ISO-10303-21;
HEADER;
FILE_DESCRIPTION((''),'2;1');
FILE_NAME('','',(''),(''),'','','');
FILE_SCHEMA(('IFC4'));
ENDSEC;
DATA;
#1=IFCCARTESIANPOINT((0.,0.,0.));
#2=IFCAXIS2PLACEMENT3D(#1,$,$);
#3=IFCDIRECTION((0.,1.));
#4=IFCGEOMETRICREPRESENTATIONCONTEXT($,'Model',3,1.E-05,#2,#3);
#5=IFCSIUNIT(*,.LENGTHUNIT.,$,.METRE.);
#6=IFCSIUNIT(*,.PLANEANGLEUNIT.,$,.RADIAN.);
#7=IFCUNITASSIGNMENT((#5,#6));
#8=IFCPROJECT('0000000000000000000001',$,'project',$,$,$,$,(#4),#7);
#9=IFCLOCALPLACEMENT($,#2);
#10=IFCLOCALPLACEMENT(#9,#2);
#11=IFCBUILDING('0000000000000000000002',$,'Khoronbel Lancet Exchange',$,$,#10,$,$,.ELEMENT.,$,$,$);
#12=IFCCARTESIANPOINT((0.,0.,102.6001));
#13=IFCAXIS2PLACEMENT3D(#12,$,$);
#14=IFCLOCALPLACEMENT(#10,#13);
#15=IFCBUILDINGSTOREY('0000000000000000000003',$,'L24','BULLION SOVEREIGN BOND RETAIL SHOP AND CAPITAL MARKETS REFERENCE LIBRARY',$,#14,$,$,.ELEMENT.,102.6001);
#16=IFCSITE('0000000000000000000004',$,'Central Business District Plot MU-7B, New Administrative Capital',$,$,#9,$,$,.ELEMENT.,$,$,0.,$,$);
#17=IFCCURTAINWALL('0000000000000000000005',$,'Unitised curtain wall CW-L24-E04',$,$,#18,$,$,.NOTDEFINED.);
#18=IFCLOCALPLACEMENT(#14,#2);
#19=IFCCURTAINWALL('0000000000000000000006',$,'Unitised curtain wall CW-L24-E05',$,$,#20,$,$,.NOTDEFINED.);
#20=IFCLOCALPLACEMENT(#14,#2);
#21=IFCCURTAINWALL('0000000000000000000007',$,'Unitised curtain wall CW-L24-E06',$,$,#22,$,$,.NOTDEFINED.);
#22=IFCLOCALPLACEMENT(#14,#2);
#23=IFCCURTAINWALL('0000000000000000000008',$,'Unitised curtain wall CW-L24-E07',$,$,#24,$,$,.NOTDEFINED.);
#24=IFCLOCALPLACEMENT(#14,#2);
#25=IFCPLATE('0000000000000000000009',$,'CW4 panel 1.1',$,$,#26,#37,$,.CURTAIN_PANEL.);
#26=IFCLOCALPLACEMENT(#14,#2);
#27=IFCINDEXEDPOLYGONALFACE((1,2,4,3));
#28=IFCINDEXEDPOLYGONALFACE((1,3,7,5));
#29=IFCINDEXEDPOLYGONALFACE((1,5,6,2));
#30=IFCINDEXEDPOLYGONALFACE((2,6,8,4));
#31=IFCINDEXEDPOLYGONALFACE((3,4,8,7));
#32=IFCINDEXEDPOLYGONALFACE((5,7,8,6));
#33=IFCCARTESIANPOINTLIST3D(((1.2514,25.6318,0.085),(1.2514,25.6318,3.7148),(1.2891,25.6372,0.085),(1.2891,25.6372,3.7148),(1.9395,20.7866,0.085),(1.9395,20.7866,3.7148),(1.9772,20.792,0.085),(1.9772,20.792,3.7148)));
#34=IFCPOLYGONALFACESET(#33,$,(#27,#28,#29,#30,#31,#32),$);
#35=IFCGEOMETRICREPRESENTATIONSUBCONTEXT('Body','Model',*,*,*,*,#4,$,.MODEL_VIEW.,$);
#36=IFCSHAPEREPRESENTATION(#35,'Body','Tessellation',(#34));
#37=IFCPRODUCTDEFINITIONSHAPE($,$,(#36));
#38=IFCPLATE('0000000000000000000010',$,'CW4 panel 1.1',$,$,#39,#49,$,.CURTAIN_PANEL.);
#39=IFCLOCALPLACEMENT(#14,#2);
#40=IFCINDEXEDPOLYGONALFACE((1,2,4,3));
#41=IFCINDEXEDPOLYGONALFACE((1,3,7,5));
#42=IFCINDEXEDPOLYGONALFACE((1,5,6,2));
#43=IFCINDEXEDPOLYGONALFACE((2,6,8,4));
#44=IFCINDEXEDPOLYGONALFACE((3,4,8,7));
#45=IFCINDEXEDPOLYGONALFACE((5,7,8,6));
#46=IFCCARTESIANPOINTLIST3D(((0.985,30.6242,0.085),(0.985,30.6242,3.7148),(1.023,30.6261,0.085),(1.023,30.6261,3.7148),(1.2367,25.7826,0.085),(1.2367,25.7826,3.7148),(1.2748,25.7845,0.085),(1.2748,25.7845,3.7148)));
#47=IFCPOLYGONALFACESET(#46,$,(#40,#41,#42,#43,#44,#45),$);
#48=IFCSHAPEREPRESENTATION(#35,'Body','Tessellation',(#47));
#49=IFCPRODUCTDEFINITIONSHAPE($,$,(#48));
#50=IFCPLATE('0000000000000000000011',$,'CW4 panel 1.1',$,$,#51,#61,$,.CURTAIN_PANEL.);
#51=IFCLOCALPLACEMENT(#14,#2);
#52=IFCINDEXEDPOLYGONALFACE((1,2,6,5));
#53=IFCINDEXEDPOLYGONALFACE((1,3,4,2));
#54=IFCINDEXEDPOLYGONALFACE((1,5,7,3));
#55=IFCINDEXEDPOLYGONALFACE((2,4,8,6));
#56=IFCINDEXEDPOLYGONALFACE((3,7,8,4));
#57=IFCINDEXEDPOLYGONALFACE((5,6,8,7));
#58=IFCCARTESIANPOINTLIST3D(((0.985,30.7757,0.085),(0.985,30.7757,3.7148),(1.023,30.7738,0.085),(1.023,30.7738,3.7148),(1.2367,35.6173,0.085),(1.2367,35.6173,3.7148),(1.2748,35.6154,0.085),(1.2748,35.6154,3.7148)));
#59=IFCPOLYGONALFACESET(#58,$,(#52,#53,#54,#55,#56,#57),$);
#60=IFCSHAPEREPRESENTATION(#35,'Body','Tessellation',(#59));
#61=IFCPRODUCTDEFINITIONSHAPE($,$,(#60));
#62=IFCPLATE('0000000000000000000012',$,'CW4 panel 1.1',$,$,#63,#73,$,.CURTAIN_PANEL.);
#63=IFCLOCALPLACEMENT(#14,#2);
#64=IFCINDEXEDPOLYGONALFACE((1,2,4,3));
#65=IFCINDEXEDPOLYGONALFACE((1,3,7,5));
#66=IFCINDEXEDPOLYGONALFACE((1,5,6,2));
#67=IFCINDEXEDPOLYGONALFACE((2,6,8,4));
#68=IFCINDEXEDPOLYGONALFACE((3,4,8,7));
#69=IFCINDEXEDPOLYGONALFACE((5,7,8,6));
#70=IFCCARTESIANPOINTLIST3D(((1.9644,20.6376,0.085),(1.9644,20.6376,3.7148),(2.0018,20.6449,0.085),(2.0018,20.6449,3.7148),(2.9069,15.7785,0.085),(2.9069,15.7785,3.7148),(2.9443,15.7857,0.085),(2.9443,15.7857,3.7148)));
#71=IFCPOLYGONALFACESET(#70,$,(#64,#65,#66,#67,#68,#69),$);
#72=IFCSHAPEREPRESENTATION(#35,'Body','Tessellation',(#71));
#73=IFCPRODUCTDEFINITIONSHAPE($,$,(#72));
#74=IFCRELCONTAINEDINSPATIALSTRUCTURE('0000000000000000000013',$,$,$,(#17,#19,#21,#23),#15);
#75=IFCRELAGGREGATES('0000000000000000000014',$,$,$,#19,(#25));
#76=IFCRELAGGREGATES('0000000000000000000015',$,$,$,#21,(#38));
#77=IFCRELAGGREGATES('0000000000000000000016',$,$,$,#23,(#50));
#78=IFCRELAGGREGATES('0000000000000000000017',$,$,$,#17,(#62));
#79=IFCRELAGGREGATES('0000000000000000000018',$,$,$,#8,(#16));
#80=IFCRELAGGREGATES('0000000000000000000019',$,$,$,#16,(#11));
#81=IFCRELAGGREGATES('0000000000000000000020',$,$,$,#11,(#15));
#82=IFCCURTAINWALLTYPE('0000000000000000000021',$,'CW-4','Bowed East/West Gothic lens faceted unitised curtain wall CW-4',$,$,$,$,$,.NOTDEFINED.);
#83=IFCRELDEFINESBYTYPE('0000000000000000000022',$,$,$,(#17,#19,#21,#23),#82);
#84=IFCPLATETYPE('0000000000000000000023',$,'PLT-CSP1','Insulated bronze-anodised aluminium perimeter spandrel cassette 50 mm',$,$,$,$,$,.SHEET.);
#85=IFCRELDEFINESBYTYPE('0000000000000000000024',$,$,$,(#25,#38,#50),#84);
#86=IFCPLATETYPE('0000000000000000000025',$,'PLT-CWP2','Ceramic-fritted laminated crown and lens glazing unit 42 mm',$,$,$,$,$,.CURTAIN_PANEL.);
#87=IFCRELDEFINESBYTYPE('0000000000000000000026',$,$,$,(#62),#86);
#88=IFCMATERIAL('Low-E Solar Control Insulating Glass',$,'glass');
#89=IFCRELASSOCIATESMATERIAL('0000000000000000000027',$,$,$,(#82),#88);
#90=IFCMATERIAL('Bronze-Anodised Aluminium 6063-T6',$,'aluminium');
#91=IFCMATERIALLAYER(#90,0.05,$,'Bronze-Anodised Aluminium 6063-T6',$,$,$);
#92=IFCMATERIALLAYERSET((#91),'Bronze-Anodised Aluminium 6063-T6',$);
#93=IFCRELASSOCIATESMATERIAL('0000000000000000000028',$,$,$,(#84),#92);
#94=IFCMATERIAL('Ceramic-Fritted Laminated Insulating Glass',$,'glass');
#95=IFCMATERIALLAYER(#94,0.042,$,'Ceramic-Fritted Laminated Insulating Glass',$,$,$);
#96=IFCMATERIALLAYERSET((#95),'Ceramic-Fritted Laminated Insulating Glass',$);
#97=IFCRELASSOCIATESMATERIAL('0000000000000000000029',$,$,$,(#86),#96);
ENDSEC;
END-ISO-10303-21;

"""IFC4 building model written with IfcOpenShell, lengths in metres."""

from ifc_helpers import new_model, si_unit, direction, frame, origin, origin_2d, place, context, subcontext, project, spatial, rectangle, extrude, material, layer, layer_set, type_object, element, aggregate, save


model = new_model("IFC4")

# Units and contexts
model_context = context("Model", 3, precision=1e-05, world=origin(), true_north=direction((0.0, 1.0)))
body_context = subcontext(model_context, "Body", "Model", "MODEL_VIEW")
ifc_project = project(units=[si_unit("LENGTHUNIT", "METRE"), si_unit("PLANEANGLEUNIT", "RADIAN")], contexts=[model_context])

# Site, building, storey
site_placement = place(None, origin())
site = spatial("IfcSite", under=ifc_project, at=site_placement, Name="Central Business District Plot MU-7B, New Administrative Capital", CompositionType="ELEMENT", RefElevation=0.0)
building_placement = place(site_placement, origin())
building = spatial("IfcBuilding", under=site, at=building_placement, Name="Khoronbel Lancet Exchange", CompositionType="ELEMENT")
storey_placement = place(building_placement, frame((0.0, 0.0, 102.6001)))
storey = spatial("IfcBuildingStorey", under=building, at=storey_placement, Name="L24", Description="BULLION SOVEREIGN BOND RETAIL SHOP AND CAPITAL MARKETS REFERENCE LIBRARY", CompositionType="ELEMENT", Elevation=102.6001)

# Curtain walls
ifc_material_1 = material(Name="Low-E Solar Control Insulating Glass", Category="glass")
curtain_wall_type = type_object("IfcCurtainWallType", Name="CW-4", Description="Bowed East/West Gothic lens faceted unitised curtain wall CW-4", PredefinedType="NOTDEFINED", material=ifc_material_1)
curtain_wall_1_placement = place(storey_placement, origin())
curtain_wall_1 = element("IfcCurtainWall", 1, at=curtain_wall_1_placement, inside=storey, type_object=curtain_wall_type, Name="Unitised curtain wall CW-L24-E04", PredefinedType="NOTDEFINED")
ifc_material_2 = material(Name="Bronze-Anodised Aluminium 6063-T6", Category="aluminium")
curtain_wall_2_placement = place(storey_placement, origin())
curtain_wall_2 = element("IfcCurtainWall", 2, at=curtain_wall_2_placement, inside=storey, type_object=curtain_wall_type, Name="Unitised curtain wall CW-L24-E05", PredefinedType="NOTDEFINED")
curtain_wall_3_placement = place(storey_placement, origin())
curtain_wall_3 = element("IfcCurtainWall", 3, at=curtain_wall_3_placement, inside=storey, type_object=curtain_wall_type, Name="Unitised curtain wall CW-L24-E06", PredefinedType="NOTDEFINED")
curtain_wall_4_placement = place(storey_placement, origin())
curtain_wall_4 = element("IfcCurtainWall", 4, at=curtain_wall_4_placement, inside=storey, type_object=curtain_wall_type, Name="Unitised curtain wall CW-L24-E07", PredefinedType="NOTDEFINED")

# Plates
ifc_layer_1 = layer(ifc_material_2, 0.05, Name="Bronze-Anodised Aluminium 6063-T6")
ifc_layer_set_1 = layer_set([ifc_layer_1], Name="Bronze-Anodised Aluminium 6063-T6")
plate_type_1 = type_object("IfcPlateType", Name="PLT-CSP1", Description="Insulated bronze-anodised aluminium perimeter spandrel cassette 50 mm", PredefinedType="SHEET", material=ifc_layer_set_1)
plate_1_placement = place(storey_placement, frame((1.6143, 23.2119, 0.085), z_axis=(0.0, 0.0, 1.0), x_axis=(-0.140605, 0.990066, 0.0)))
plate_1 = element("IfcPlate", 5, at=plate_1_placement, type_object=plate_type_1, Name="CW4 panel 1.1", PredefinedType="CURTAIN_PANEL", context=body_context, shape_type="SweptSolid", body=[
    extrude(rectangle(XDim=4.8938, YDim=0.0381, at=origin_2d()), origin(), (0.0, 0.0, 1.0), 3.6299),
])
aggregate(curtain_wall_2, [plate_1])
plate_2_placement = place(storey_placement, frame((1.1299, 28.2043, 0.085), z_axis=(0.0, 0.0, 1.0), x_axis=(-0.05192, 0.998651, 0.0)))
plate_2 = element("IfcPlate", 6, at=plate_2_placement, type_object=plate_type_1, Name="CW4 panel 1.1", PredefinedType="CURTAIN_PANEL", context=body_context, shape_type="SweptSolid", body=[
    extrude(rectangle(XDim=4.8481, YDim=0.0381, at=origin_2d()), origin(), (0.0, 0.0, 1.0), 3.6299),
])
aggregate(curtain_wall_3, [plate_2])
plate_3_placement = place(storey_placement, frame((1.1299, 33.1956, 0.085), z_axis=(0.0, 0.0, 1.0), x_axis=(0.05192, 0.998651, 0.0)))
plate_3 = element("IfcPlate", 7, at=plate_3_placement, type_object=plate_type_1, Name="CW4 panel 1.1", PredefinedType="CURTAIN_PANEL", context=body_context, shape_type="SweptSolid", body=[
    extrude(rectangle(XDim=4.8481, YDim=0.0381, at=origin_2d()), origin(), (0.0, 0.0, 1.0), 3.6299),
])
aggregate(curtain_wall_4, [plate_3])
ifc_material_3 = material(Name="Ceramic-Fritted Laminated Insulating Glass", Category="glass")
ifc_layer_2 = layer(ifc_material_3, 0.042, Name="Ceramic-Fritted Laminated Insulating Glass")
ifc_layer_set_2 = layer_set([ifc_layer_2], Name="Ceramic-Fritted Laminated Insulating Glass")
plate_type_2 = type_object("IfcPlateType", Name="PLT-CWP2", Description="Ceramic-fritted laminated crown and lens glazing unit 42 mm", PredefinedType="CURTAIN_PANEL", material=ifc_layer_set_2)
plate_4_placement = place(storey_placement, frame((2.4543, 18.2117, 0.085), z_axis=(0.0, 0.0, 1.0), x_axis=(-0.190426, 0.981702, 0.0)))
plate_4 = element("IfcPlate", 8, at=plate_4_placement, type_object=plate_type_2, Name="CW4 panel 1.1", PredefinedType="CURTAIN_PANEL", context=body_context, shape_type="SweptSolid", body=[
    extrude(rectangle(XDim=4.9497, YDim=0.0381, at=origin_2d()), origin(), (0.0, 0.0, 1.0), 3.6299),
])
aggregate(curtain_wall_1, [plate_4])

save(model, "model.ifc")
